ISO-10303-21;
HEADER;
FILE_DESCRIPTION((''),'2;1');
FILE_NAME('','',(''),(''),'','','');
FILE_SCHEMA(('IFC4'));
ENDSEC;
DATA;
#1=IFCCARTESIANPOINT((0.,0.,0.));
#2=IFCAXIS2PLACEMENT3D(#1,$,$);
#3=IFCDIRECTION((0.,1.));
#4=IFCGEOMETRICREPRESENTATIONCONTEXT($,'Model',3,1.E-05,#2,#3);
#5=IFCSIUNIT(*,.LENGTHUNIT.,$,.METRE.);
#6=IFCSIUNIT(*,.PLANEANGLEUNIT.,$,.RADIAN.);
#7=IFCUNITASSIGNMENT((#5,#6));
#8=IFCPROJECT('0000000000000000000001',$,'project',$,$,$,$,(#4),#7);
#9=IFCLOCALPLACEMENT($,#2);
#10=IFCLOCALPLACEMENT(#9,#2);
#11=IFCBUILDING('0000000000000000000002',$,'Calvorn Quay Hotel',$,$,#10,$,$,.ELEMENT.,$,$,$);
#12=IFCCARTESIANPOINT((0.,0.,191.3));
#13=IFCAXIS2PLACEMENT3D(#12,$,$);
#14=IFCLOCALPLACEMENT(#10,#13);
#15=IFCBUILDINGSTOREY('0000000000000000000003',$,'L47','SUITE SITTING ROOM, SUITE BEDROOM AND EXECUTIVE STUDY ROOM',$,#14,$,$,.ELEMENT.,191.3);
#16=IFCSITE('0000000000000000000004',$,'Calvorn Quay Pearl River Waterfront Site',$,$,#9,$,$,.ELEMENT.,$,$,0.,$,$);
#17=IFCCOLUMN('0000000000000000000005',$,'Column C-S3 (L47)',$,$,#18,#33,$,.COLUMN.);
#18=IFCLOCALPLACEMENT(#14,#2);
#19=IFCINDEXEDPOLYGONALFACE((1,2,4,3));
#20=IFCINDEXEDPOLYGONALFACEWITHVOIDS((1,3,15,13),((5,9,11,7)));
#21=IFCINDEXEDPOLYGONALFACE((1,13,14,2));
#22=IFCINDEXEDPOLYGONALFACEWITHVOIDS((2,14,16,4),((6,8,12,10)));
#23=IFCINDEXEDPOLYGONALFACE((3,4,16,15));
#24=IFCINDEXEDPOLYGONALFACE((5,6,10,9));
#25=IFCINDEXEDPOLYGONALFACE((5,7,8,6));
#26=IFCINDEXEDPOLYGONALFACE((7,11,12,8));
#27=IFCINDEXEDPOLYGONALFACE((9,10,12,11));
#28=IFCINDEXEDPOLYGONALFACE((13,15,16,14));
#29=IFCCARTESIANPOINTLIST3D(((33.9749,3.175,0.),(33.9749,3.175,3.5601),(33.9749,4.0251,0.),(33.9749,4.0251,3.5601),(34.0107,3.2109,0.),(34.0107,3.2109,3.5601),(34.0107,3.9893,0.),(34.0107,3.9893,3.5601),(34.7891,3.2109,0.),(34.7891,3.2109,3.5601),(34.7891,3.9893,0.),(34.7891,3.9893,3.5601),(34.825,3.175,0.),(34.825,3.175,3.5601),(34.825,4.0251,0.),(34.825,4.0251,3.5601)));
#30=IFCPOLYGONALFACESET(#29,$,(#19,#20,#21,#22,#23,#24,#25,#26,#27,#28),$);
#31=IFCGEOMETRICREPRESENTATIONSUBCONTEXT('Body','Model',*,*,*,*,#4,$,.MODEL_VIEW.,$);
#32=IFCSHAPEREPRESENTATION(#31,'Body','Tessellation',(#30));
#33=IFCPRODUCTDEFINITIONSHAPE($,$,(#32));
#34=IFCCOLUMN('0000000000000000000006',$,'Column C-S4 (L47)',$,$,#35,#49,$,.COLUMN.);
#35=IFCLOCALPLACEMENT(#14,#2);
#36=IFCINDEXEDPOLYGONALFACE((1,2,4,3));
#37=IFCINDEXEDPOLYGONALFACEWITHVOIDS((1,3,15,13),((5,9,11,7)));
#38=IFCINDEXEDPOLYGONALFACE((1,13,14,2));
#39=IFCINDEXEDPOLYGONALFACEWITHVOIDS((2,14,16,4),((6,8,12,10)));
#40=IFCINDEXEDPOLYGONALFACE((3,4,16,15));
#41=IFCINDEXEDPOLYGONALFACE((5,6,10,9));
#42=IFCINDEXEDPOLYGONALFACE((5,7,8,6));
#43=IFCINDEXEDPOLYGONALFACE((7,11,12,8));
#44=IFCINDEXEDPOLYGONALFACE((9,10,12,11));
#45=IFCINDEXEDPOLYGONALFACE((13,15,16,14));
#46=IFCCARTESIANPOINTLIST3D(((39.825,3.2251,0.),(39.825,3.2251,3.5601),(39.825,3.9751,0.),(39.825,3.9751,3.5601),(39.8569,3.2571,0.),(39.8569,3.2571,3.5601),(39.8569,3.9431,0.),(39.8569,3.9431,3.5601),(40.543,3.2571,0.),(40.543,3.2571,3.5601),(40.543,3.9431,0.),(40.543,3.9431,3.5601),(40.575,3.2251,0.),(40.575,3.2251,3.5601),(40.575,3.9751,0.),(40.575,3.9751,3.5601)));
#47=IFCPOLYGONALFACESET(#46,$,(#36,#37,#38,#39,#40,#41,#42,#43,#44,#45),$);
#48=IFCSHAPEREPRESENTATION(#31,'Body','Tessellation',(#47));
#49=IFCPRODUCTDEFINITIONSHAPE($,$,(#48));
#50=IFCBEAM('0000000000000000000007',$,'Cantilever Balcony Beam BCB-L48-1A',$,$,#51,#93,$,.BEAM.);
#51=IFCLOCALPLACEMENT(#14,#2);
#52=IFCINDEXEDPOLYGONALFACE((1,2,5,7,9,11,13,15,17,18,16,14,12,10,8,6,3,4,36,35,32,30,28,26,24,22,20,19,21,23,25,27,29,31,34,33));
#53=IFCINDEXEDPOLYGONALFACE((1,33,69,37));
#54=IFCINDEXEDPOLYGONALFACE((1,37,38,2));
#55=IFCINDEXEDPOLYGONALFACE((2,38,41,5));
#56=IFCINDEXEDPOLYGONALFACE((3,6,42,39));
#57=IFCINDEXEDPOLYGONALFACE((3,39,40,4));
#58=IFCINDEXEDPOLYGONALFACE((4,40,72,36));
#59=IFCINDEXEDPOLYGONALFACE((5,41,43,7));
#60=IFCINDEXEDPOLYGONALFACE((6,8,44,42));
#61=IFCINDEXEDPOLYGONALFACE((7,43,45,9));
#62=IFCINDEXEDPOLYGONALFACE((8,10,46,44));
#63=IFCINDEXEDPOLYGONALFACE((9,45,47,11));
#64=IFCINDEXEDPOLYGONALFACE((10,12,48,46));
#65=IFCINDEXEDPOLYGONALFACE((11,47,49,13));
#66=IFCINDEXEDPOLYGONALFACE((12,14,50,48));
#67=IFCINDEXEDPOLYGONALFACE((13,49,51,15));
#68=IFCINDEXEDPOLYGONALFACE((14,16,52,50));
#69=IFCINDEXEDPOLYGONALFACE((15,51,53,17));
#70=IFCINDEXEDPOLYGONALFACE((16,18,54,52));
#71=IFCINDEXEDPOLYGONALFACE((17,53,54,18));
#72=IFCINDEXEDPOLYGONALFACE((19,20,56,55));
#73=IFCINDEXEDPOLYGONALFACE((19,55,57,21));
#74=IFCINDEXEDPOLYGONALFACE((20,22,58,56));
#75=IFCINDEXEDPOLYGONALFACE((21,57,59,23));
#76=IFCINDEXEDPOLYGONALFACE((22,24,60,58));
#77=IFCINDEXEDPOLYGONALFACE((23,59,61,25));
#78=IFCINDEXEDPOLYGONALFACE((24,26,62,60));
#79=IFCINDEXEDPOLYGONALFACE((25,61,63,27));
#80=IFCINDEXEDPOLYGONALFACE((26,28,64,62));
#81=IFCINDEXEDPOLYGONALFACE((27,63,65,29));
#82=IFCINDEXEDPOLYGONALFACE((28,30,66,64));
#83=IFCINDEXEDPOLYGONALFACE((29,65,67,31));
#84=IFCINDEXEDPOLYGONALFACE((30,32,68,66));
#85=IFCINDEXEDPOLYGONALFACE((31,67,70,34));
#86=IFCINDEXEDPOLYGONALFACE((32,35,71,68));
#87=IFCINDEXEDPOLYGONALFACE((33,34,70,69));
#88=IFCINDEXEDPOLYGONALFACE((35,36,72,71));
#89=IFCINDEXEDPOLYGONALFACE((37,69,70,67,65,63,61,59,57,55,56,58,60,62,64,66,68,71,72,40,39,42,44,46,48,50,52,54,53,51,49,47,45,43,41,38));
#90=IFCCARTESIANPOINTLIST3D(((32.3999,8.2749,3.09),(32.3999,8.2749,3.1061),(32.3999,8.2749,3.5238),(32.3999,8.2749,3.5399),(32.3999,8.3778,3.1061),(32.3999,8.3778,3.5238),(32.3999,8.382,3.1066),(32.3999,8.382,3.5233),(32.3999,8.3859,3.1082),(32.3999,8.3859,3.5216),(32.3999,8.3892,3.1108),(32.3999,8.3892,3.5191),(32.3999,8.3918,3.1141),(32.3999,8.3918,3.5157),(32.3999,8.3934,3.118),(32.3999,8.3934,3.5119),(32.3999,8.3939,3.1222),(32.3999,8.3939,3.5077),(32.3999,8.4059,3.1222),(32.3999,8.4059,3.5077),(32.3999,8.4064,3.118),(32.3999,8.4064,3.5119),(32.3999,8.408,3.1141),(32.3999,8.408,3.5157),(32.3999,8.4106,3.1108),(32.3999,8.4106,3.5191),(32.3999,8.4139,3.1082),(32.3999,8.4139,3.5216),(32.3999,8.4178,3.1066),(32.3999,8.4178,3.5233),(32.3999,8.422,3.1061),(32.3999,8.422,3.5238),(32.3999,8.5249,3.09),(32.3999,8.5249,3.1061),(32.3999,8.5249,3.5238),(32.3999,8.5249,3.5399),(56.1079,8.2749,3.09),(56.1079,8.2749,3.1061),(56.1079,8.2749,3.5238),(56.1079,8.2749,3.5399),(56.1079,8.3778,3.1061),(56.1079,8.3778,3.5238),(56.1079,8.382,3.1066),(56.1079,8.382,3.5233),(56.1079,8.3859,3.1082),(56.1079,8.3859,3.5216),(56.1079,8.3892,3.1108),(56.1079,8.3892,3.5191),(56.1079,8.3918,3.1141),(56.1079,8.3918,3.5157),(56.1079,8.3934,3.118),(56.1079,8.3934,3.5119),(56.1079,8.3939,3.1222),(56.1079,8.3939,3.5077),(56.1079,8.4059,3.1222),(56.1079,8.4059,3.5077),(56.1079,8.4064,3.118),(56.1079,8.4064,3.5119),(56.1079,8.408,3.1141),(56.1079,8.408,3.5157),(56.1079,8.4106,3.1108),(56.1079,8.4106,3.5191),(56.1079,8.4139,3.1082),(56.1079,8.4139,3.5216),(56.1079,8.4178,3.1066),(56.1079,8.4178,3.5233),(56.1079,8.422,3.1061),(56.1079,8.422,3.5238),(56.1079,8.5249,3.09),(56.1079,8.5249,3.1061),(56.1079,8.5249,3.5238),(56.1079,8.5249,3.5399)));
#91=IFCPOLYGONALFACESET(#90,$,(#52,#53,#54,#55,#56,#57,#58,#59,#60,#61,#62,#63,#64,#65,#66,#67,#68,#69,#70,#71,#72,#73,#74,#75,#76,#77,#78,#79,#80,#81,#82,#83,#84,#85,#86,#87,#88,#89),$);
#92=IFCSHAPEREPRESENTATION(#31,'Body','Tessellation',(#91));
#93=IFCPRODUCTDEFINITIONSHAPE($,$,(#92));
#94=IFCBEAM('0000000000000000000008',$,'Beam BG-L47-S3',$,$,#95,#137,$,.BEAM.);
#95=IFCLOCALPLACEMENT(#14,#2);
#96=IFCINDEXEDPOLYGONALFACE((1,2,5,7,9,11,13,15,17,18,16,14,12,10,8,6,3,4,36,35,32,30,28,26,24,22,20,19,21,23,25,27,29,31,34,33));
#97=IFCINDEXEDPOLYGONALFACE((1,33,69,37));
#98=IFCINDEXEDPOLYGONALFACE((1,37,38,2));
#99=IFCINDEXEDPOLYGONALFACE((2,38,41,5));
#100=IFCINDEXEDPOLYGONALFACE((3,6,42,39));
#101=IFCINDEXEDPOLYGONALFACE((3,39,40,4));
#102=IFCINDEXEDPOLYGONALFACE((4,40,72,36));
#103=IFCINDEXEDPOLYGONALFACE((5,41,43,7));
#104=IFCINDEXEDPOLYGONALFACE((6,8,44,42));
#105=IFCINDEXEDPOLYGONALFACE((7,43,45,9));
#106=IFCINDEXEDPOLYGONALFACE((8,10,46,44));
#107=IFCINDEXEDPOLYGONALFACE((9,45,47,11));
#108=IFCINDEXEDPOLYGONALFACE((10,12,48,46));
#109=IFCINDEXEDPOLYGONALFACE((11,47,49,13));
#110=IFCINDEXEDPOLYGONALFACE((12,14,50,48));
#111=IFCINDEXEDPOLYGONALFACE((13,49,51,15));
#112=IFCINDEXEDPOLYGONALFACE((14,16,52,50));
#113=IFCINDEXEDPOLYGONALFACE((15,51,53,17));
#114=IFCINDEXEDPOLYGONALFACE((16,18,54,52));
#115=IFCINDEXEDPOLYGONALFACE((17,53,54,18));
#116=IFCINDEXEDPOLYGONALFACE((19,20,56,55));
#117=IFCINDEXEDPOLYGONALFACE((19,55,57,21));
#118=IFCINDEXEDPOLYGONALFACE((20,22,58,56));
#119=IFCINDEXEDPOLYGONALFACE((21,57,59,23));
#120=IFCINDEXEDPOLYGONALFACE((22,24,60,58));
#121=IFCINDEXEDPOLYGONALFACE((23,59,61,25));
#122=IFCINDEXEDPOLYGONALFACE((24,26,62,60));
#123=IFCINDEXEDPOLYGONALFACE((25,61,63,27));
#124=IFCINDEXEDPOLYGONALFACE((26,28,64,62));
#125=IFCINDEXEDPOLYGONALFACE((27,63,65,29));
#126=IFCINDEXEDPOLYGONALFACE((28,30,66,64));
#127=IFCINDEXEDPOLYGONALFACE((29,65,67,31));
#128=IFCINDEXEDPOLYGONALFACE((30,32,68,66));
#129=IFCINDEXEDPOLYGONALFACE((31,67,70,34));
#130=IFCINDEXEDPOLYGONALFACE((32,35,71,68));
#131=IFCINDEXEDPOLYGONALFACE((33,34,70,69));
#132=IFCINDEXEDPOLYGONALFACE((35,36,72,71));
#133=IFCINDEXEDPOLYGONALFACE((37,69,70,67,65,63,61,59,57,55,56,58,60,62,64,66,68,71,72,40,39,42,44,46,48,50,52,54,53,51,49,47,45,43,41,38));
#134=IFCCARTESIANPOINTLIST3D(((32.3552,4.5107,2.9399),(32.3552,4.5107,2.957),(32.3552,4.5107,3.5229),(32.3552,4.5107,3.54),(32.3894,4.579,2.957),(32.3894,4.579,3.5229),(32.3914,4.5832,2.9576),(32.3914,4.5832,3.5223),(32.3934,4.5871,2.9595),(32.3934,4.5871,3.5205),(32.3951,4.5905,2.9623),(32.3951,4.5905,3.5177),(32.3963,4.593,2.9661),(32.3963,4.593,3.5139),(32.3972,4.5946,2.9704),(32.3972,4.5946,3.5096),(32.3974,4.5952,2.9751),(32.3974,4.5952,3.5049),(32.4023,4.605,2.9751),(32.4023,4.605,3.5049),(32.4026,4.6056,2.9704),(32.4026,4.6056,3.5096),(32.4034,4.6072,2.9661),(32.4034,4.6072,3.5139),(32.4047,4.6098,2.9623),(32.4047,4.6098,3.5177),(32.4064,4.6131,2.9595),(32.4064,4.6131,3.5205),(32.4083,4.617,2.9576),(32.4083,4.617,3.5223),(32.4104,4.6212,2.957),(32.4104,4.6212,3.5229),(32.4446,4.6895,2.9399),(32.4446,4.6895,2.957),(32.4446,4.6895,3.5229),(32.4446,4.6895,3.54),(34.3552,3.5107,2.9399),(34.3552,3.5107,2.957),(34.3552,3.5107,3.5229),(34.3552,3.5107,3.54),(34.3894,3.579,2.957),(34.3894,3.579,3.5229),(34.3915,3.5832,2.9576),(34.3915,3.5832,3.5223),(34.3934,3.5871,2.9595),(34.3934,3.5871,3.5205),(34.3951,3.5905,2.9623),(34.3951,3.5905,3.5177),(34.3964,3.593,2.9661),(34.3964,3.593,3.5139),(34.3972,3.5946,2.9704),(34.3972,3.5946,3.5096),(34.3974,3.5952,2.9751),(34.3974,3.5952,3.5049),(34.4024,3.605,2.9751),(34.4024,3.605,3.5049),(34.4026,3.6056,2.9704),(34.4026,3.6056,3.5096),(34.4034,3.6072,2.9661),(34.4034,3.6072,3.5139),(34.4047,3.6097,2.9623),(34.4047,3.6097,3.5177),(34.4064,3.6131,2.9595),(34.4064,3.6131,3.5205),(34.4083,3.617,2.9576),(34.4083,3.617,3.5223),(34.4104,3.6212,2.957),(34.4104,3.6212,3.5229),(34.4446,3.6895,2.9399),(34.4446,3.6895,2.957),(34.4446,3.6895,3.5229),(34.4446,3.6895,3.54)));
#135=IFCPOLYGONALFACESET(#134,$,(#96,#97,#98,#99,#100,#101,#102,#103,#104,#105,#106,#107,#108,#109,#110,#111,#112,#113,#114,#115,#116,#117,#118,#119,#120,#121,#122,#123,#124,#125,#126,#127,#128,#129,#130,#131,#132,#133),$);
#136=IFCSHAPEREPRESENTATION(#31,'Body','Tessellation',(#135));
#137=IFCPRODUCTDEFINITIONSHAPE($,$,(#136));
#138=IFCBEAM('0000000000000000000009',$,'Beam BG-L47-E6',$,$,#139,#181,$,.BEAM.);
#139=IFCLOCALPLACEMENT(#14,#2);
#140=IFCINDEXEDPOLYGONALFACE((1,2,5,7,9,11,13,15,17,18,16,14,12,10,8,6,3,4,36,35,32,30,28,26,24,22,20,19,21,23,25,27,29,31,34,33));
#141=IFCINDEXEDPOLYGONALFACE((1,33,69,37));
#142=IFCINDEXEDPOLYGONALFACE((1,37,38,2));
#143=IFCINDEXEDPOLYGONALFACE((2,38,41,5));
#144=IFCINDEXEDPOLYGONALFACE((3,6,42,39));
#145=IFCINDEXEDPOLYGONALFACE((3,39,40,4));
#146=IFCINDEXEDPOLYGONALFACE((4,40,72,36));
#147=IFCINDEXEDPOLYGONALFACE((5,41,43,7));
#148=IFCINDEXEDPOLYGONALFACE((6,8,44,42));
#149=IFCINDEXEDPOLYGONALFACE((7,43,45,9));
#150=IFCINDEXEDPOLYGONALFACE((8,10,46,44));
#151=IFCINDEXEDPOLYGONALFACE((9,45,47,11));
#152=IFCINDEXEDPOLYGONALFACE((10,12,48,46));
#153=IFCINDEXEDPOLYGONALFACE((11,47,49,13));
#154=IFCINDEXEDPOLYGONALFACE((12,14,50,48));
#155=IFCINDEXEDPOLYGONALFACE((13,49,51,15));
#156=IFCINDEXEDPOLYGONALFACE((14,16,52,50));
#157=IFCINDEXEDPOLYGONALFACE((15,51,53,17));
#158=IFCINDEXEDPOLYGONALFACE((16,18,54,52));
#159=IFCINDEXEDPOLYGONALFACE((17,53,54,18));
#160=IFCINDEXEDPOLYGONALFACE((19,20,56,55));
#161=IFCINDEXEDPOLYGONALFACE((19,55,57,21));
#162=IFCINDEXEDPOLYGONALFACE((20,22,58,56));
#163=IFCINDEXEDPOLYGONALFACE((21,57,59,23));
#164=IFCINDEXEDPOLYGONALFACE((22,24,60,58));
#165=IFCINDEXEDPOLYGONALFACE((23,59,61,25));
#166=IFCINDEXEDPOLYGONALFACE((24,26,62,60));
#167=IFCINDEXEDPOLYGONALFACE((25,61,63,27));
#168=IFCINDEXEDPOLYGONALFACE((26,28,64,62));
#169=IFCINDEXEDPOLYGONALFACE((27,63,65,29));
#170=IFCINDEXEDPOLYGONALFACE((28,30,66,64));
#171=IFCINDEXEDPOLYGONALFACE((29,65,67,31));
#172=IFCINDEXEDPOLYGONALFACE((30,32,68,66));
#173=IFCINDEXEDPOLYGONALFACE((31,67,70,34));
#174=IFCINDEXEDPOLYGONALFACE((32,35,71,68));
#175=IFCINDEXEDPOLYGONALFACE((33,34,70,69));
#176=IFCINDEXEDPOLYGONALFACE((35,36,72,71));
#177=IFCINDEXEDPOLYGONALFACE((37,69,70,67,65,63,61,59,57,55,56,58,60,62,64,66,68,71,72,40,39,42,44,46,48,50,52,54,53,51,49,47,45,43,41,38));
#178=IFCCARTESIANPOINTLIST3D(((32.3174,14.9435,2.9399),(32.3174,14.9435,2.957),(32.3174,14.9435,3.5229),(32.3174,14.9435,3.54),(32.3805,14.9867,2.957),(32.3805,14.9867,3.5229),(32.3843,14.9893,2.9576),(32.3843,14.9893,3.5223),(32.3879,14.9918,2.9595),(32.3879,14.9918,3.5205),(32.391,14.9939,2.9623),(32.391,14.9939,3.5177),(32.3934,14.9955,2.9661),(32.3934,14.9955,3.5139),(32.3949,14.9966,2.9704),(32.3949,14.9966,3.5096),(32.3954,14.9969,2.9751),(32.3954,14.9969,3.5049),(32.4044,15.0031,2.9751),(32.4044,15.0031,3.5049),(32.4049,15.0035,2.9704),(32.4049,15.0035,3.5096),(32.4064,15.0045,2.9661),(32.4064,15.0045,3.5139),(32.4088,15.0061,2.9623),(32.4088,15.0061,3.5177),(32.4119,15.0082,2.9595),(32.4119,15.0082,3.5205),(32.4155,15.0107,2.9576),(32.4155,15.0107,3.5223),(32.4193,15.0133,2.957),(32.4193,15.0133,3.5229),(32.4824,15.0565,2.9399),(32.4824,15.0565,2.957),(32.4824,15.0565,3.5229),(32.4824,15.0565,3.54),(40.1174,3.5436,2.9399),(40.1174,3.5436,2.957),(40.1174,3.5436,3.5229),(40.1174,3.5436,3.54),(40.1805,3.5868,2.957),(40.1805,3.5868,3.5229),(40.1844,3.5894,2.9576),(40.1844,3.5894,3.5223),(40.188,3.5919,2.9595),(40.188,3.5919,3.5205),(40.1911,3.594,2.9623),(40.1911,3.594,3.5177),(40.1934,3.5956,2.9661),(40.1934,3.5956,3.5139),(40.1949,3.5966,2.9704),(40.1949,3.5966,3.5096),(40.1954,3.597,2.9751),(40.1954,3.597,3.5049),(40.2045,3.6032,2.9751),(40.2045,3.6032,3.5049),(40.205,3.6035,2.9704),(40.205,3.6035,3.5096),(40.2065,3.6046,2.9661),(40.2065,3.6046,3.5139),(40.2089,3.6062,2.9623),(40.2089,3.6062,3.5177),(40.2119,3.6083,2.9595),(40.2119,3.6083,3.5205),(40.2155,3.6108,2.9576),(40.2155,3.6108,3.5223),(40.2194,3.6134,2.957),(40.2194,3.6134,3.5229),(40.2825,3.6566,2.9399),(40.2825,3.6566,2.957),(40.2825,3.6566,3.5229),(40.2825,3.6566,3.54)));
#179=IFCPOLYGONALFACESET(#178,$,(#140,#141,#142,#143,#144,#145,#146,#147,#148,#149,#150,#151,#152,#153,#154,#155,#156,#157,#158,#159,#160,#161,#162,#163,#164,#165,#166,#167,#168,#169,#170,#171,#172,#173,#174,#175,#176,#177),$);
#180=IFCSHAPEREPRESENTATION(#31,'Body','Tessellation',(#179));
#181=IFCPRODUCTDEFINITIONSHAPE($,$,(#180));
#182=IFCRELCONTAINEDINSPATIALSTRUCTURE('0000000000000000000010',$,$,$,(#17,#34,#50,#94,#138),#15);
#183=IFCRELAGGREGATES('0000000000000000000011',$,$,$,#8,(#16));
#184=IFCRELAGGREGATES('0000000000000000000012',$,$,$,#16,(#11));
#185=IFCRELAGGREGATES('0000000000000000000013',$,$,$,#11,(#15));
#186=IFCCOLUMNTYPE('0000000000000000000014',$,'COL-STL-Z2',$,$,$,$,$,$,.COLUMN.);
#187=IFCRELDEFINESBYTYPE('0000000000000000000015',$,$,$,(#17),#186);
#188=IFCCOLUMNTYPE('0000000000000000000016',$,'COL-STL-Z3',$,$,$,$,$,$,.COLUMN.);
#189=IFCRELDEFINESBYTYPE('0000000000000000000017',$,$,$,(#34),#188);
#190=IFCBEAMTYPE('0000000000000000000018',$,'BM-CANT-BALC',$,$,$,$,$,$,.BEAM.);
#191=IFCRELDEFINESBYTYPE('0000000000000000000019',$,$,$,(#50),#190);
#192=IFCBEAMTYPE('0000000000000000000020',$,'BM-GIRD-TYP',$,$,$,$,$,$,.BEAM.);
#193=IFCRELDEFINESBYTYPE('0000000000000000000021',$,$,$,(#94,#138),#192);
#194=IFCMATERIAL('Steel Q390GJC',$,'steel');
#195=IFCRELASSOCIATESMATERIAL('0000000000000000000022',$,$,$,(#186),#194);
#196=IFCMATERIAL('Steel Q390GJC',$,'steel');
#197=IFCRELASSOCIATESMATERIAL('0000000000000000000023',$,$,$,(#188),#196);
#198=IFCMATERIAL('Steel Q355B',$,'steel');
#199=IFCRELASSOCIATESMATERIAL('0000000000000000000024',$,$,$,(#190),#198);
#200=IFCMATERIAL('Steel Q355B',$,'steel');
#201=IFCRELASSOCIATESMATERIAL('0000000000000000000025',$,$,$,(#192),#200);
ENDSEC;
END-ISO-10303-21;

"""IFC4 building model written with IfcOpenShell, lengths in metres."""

from ifc_helpers import new_model, si_unit, direction, frame, origin, origin_2d, place, context, subcontext, project, spatial, hollow_rectangle, i_section, extrude, material, material_profile, profile_set, type_object, element, save


model = new_model("IFC4")

# Units and contexts
model_context = context("Model", 3, precision=1e-05, world=origin(), true_north=direction((0.0, 1.0)))
body_context = subcontext(model_context, "Body", "Model", "MODEL_VIEW")
ifc_project = project(units=[si_unit("LENGTHUNIT", "METRE"), si_unit("PLANEANGLEUNIT", "RADIAN")], contexts=[model_context])

# Site, building, storey
site_placement = place(None, origin())
site = spatial("IfcSite", under=ifc_project, at=site_placement, Name="Calvorn Quay Pearl River Waterfront Site", CompositionType="ELEMENT", RefElevation=0.0)
building_placement = place(site_placement, origin())
building = spatial("IfcBuilding", under=site, at=building_placement, Name="Calvorn Quay Hotel", CompositionType="ELEMENT")
storey_placement = place(building_placement, frame((0.0, 0.0, 191.3)))
storey = spatial("IfcBuildingStorey", under=building, at=storey_placement, Name="L47", Description="SUITE SITTING ROOM, SUITE BEDROOM AND EXECUTIVE STUDY ROOM", CompositionType="ELEMENT", Elevation=191.3)

# Columns
ifc_material_1 = material(Name="Steel Q390GJC", Category="steel")
ifc_material_profile_1 = material_profile(ifc_material_1, hollow_rectangle(XDim=0.8501, YDim=0.8501, WallThickness=0.0359, at=origin_2d()), Name="BOX850x850x36")
ifc_profile_set_1 = profile_set([ifc_material_profile_1], Name="Steel Q390GJC")
column_type_1 = type_object("IfcColumnType", Name="COL-STL-Z2", PredefinedType="COLUMN", material=ifc_profile_set_1)
column_1_placement = place(storey_placement, frame((34.3999, 3.6001, 0.0), z_axis=(0.0, 0.0, 1.0), x_axis=(1.0, 0.0, 0.0)))
element("IfcColumn", 1, at=column_1_placement, inside=storey, type_object=column_type_1, Name="Column C-S3 (L47)", PredefinedType="COLUMN", context=body_context, shape_type="SweptSolid", body=[
    extrude(hollow_rectangle(XDim=0.8501, YDim=0.8501, WallThickness=0.0359, at=origin_2d()), origin(), (0.0, 0.0, 1.0), 3.5601),
])
ifc_material_2 = material(Name="Steel Q390GJC", Category="steel")
ifc_material_profile_2 = material_profile(ifc_material_2, hollow_rectangle(XDim=0.75, YDim=0.75, WallThickness=0.032, at=origin_2d()), Name="BOX750x750x32")
ifc_profile_set_2 = profile_set([ifc_material_profile_2], Name="Steel Q390GJC")
column_type_2 = type_object("IfcColumnType", Name="COL-STL-Z3", PredefinedType="COLUMN", material=ifc_profile_set_2)
column_2_placement = place(storey_placement, frame((40.2, 3.6001, 0.0), z_axis=(0.0, 0.0, 1.0), x_axis=(1.0, 0.0, 0.0)))
element("IfcColumn", 2, at=column_2_placement, inside=storey, type_object=column_type_2, Name="Column C-S4 (L47)", PredefinedType="COLUMN", context=body_context, shape_type="SweptSolid", body=[
    extrude(hollow_rectangle(XDim=0.75, YDim=0.75, WallThickness=0.032, at=origin_2d()), origin(), (0.0, 0.0, 1.0), 3.5601),
])

# Beams
ifc_material_3 = material(Name="Steel Q355B", Category="steel")
ifc_material_profile_3 = material_profile(ifc_material_3, i_section(OverallWidth=0.25, OverallDepth=0.45, WebThickness=0.012, FlangeThickness=0.0161, FilletRadius=0.0161, at=origin_2d()), Name="HN450x250x12x16")
ifc_profile_set_3 = profile_set([ifc_material_profile_3], Name="Steel Q355B")
beam_type_1 = type_object("IfcBeamType", Name="BM-CANT-BALC", PredefinedType="BEAM", material=ifc_profile_set_3)
beam_1_placement = place(storey_placement, frame((32.3999, 8.3999, 3.3149), z_axis=(1.0, 0.0, 0.0), x_axis=(0.0, 1.0, 0.0)))
element("IfcBeam", 3, at=beam_1_placement, inside=storey, type_object=beam_type_1, Name="Cantilever Balcony Beam BCB-L48-1A", PredefinedType="BEAM", context=body_context, shape_type="SweptSolid", body=[
    extrude(i_section(OverallWidth=0.25, OverallDepth=0.45, WebThickness=0.012, FlangeThickness=0.0161, FilletRadius=0.0161, at=origin_2d()), origin(), (0.0, 0.0, 1.0), 23.708),
])
ifc_material_4 = material(Name="Steel Q355B", Category="steel")
ifc_material_profile_4 = material_profile(ifc_material_4, i_section(OverallWidth=0.2, OverallDepth=0.6001, WebThickness=0.011, FlangeThickness=0.0171, FilletRadius=0.0181, at=origin_2d()), Name="HN600x200x11x17")
ifc_profile_set_4 = profile_set([ifc_material_profile_4], Name="Steel Q355B")
beam_type_2 = type_object("IfcBeamType", Name="BM-GIRD-TYP", PredefinedType="BEAM", material=ifc_profile_set_4)
beam_2_placement = place(storey_placement, frame((34.3999, 3.6001, 3.24), z_axis=(-0.894427, 0.447214, 0.0), x_axis=(-0.447214, -0.894427, 0.0)))
element("IfcBeam", 4, at=beam_2_placement, inside=storey, type_object=beam_type_2, Name="Beam BG-L47-S3", PredefinedType="BEAM", context=body_context, shape_type="SweptSolid", body=[
    extrude(i_section(OverallWidth=0.2, OverallDepth=0.6001, WebThickness=0.011, FlangeThickness=0.0171, FilletRadius=0.0181, at=origin_2d()), origin(), (0.0, 0.0, 1.0), 2.2361),
])
beam_3_placement = place(storey_placement, frame((40.2, 3.6001, 3.24), z_axis=(-0.56469, 0.825303, 0.0), x_axis=(-0.825303, -0.56469, 0.0)))
element("IfcBeam", 5, at=beam_3_placement, inside=storey, type_object=beam_type_2, Name="Beam BG-L47-E6", PredefinedType="BEAM", context=body_context, shape_type="SweptSolid", body=[
    extrude(i_section(OverallWidth=0.2, OverallDepth=0.6001, WebThickness=0.011, FlangeThickness=0.0171, FilletRadius=0.0181, at=origin_2d()), origin(), (0.0, 0.0, 1.0), 13.813),
])

save(model, "model.ifc")
